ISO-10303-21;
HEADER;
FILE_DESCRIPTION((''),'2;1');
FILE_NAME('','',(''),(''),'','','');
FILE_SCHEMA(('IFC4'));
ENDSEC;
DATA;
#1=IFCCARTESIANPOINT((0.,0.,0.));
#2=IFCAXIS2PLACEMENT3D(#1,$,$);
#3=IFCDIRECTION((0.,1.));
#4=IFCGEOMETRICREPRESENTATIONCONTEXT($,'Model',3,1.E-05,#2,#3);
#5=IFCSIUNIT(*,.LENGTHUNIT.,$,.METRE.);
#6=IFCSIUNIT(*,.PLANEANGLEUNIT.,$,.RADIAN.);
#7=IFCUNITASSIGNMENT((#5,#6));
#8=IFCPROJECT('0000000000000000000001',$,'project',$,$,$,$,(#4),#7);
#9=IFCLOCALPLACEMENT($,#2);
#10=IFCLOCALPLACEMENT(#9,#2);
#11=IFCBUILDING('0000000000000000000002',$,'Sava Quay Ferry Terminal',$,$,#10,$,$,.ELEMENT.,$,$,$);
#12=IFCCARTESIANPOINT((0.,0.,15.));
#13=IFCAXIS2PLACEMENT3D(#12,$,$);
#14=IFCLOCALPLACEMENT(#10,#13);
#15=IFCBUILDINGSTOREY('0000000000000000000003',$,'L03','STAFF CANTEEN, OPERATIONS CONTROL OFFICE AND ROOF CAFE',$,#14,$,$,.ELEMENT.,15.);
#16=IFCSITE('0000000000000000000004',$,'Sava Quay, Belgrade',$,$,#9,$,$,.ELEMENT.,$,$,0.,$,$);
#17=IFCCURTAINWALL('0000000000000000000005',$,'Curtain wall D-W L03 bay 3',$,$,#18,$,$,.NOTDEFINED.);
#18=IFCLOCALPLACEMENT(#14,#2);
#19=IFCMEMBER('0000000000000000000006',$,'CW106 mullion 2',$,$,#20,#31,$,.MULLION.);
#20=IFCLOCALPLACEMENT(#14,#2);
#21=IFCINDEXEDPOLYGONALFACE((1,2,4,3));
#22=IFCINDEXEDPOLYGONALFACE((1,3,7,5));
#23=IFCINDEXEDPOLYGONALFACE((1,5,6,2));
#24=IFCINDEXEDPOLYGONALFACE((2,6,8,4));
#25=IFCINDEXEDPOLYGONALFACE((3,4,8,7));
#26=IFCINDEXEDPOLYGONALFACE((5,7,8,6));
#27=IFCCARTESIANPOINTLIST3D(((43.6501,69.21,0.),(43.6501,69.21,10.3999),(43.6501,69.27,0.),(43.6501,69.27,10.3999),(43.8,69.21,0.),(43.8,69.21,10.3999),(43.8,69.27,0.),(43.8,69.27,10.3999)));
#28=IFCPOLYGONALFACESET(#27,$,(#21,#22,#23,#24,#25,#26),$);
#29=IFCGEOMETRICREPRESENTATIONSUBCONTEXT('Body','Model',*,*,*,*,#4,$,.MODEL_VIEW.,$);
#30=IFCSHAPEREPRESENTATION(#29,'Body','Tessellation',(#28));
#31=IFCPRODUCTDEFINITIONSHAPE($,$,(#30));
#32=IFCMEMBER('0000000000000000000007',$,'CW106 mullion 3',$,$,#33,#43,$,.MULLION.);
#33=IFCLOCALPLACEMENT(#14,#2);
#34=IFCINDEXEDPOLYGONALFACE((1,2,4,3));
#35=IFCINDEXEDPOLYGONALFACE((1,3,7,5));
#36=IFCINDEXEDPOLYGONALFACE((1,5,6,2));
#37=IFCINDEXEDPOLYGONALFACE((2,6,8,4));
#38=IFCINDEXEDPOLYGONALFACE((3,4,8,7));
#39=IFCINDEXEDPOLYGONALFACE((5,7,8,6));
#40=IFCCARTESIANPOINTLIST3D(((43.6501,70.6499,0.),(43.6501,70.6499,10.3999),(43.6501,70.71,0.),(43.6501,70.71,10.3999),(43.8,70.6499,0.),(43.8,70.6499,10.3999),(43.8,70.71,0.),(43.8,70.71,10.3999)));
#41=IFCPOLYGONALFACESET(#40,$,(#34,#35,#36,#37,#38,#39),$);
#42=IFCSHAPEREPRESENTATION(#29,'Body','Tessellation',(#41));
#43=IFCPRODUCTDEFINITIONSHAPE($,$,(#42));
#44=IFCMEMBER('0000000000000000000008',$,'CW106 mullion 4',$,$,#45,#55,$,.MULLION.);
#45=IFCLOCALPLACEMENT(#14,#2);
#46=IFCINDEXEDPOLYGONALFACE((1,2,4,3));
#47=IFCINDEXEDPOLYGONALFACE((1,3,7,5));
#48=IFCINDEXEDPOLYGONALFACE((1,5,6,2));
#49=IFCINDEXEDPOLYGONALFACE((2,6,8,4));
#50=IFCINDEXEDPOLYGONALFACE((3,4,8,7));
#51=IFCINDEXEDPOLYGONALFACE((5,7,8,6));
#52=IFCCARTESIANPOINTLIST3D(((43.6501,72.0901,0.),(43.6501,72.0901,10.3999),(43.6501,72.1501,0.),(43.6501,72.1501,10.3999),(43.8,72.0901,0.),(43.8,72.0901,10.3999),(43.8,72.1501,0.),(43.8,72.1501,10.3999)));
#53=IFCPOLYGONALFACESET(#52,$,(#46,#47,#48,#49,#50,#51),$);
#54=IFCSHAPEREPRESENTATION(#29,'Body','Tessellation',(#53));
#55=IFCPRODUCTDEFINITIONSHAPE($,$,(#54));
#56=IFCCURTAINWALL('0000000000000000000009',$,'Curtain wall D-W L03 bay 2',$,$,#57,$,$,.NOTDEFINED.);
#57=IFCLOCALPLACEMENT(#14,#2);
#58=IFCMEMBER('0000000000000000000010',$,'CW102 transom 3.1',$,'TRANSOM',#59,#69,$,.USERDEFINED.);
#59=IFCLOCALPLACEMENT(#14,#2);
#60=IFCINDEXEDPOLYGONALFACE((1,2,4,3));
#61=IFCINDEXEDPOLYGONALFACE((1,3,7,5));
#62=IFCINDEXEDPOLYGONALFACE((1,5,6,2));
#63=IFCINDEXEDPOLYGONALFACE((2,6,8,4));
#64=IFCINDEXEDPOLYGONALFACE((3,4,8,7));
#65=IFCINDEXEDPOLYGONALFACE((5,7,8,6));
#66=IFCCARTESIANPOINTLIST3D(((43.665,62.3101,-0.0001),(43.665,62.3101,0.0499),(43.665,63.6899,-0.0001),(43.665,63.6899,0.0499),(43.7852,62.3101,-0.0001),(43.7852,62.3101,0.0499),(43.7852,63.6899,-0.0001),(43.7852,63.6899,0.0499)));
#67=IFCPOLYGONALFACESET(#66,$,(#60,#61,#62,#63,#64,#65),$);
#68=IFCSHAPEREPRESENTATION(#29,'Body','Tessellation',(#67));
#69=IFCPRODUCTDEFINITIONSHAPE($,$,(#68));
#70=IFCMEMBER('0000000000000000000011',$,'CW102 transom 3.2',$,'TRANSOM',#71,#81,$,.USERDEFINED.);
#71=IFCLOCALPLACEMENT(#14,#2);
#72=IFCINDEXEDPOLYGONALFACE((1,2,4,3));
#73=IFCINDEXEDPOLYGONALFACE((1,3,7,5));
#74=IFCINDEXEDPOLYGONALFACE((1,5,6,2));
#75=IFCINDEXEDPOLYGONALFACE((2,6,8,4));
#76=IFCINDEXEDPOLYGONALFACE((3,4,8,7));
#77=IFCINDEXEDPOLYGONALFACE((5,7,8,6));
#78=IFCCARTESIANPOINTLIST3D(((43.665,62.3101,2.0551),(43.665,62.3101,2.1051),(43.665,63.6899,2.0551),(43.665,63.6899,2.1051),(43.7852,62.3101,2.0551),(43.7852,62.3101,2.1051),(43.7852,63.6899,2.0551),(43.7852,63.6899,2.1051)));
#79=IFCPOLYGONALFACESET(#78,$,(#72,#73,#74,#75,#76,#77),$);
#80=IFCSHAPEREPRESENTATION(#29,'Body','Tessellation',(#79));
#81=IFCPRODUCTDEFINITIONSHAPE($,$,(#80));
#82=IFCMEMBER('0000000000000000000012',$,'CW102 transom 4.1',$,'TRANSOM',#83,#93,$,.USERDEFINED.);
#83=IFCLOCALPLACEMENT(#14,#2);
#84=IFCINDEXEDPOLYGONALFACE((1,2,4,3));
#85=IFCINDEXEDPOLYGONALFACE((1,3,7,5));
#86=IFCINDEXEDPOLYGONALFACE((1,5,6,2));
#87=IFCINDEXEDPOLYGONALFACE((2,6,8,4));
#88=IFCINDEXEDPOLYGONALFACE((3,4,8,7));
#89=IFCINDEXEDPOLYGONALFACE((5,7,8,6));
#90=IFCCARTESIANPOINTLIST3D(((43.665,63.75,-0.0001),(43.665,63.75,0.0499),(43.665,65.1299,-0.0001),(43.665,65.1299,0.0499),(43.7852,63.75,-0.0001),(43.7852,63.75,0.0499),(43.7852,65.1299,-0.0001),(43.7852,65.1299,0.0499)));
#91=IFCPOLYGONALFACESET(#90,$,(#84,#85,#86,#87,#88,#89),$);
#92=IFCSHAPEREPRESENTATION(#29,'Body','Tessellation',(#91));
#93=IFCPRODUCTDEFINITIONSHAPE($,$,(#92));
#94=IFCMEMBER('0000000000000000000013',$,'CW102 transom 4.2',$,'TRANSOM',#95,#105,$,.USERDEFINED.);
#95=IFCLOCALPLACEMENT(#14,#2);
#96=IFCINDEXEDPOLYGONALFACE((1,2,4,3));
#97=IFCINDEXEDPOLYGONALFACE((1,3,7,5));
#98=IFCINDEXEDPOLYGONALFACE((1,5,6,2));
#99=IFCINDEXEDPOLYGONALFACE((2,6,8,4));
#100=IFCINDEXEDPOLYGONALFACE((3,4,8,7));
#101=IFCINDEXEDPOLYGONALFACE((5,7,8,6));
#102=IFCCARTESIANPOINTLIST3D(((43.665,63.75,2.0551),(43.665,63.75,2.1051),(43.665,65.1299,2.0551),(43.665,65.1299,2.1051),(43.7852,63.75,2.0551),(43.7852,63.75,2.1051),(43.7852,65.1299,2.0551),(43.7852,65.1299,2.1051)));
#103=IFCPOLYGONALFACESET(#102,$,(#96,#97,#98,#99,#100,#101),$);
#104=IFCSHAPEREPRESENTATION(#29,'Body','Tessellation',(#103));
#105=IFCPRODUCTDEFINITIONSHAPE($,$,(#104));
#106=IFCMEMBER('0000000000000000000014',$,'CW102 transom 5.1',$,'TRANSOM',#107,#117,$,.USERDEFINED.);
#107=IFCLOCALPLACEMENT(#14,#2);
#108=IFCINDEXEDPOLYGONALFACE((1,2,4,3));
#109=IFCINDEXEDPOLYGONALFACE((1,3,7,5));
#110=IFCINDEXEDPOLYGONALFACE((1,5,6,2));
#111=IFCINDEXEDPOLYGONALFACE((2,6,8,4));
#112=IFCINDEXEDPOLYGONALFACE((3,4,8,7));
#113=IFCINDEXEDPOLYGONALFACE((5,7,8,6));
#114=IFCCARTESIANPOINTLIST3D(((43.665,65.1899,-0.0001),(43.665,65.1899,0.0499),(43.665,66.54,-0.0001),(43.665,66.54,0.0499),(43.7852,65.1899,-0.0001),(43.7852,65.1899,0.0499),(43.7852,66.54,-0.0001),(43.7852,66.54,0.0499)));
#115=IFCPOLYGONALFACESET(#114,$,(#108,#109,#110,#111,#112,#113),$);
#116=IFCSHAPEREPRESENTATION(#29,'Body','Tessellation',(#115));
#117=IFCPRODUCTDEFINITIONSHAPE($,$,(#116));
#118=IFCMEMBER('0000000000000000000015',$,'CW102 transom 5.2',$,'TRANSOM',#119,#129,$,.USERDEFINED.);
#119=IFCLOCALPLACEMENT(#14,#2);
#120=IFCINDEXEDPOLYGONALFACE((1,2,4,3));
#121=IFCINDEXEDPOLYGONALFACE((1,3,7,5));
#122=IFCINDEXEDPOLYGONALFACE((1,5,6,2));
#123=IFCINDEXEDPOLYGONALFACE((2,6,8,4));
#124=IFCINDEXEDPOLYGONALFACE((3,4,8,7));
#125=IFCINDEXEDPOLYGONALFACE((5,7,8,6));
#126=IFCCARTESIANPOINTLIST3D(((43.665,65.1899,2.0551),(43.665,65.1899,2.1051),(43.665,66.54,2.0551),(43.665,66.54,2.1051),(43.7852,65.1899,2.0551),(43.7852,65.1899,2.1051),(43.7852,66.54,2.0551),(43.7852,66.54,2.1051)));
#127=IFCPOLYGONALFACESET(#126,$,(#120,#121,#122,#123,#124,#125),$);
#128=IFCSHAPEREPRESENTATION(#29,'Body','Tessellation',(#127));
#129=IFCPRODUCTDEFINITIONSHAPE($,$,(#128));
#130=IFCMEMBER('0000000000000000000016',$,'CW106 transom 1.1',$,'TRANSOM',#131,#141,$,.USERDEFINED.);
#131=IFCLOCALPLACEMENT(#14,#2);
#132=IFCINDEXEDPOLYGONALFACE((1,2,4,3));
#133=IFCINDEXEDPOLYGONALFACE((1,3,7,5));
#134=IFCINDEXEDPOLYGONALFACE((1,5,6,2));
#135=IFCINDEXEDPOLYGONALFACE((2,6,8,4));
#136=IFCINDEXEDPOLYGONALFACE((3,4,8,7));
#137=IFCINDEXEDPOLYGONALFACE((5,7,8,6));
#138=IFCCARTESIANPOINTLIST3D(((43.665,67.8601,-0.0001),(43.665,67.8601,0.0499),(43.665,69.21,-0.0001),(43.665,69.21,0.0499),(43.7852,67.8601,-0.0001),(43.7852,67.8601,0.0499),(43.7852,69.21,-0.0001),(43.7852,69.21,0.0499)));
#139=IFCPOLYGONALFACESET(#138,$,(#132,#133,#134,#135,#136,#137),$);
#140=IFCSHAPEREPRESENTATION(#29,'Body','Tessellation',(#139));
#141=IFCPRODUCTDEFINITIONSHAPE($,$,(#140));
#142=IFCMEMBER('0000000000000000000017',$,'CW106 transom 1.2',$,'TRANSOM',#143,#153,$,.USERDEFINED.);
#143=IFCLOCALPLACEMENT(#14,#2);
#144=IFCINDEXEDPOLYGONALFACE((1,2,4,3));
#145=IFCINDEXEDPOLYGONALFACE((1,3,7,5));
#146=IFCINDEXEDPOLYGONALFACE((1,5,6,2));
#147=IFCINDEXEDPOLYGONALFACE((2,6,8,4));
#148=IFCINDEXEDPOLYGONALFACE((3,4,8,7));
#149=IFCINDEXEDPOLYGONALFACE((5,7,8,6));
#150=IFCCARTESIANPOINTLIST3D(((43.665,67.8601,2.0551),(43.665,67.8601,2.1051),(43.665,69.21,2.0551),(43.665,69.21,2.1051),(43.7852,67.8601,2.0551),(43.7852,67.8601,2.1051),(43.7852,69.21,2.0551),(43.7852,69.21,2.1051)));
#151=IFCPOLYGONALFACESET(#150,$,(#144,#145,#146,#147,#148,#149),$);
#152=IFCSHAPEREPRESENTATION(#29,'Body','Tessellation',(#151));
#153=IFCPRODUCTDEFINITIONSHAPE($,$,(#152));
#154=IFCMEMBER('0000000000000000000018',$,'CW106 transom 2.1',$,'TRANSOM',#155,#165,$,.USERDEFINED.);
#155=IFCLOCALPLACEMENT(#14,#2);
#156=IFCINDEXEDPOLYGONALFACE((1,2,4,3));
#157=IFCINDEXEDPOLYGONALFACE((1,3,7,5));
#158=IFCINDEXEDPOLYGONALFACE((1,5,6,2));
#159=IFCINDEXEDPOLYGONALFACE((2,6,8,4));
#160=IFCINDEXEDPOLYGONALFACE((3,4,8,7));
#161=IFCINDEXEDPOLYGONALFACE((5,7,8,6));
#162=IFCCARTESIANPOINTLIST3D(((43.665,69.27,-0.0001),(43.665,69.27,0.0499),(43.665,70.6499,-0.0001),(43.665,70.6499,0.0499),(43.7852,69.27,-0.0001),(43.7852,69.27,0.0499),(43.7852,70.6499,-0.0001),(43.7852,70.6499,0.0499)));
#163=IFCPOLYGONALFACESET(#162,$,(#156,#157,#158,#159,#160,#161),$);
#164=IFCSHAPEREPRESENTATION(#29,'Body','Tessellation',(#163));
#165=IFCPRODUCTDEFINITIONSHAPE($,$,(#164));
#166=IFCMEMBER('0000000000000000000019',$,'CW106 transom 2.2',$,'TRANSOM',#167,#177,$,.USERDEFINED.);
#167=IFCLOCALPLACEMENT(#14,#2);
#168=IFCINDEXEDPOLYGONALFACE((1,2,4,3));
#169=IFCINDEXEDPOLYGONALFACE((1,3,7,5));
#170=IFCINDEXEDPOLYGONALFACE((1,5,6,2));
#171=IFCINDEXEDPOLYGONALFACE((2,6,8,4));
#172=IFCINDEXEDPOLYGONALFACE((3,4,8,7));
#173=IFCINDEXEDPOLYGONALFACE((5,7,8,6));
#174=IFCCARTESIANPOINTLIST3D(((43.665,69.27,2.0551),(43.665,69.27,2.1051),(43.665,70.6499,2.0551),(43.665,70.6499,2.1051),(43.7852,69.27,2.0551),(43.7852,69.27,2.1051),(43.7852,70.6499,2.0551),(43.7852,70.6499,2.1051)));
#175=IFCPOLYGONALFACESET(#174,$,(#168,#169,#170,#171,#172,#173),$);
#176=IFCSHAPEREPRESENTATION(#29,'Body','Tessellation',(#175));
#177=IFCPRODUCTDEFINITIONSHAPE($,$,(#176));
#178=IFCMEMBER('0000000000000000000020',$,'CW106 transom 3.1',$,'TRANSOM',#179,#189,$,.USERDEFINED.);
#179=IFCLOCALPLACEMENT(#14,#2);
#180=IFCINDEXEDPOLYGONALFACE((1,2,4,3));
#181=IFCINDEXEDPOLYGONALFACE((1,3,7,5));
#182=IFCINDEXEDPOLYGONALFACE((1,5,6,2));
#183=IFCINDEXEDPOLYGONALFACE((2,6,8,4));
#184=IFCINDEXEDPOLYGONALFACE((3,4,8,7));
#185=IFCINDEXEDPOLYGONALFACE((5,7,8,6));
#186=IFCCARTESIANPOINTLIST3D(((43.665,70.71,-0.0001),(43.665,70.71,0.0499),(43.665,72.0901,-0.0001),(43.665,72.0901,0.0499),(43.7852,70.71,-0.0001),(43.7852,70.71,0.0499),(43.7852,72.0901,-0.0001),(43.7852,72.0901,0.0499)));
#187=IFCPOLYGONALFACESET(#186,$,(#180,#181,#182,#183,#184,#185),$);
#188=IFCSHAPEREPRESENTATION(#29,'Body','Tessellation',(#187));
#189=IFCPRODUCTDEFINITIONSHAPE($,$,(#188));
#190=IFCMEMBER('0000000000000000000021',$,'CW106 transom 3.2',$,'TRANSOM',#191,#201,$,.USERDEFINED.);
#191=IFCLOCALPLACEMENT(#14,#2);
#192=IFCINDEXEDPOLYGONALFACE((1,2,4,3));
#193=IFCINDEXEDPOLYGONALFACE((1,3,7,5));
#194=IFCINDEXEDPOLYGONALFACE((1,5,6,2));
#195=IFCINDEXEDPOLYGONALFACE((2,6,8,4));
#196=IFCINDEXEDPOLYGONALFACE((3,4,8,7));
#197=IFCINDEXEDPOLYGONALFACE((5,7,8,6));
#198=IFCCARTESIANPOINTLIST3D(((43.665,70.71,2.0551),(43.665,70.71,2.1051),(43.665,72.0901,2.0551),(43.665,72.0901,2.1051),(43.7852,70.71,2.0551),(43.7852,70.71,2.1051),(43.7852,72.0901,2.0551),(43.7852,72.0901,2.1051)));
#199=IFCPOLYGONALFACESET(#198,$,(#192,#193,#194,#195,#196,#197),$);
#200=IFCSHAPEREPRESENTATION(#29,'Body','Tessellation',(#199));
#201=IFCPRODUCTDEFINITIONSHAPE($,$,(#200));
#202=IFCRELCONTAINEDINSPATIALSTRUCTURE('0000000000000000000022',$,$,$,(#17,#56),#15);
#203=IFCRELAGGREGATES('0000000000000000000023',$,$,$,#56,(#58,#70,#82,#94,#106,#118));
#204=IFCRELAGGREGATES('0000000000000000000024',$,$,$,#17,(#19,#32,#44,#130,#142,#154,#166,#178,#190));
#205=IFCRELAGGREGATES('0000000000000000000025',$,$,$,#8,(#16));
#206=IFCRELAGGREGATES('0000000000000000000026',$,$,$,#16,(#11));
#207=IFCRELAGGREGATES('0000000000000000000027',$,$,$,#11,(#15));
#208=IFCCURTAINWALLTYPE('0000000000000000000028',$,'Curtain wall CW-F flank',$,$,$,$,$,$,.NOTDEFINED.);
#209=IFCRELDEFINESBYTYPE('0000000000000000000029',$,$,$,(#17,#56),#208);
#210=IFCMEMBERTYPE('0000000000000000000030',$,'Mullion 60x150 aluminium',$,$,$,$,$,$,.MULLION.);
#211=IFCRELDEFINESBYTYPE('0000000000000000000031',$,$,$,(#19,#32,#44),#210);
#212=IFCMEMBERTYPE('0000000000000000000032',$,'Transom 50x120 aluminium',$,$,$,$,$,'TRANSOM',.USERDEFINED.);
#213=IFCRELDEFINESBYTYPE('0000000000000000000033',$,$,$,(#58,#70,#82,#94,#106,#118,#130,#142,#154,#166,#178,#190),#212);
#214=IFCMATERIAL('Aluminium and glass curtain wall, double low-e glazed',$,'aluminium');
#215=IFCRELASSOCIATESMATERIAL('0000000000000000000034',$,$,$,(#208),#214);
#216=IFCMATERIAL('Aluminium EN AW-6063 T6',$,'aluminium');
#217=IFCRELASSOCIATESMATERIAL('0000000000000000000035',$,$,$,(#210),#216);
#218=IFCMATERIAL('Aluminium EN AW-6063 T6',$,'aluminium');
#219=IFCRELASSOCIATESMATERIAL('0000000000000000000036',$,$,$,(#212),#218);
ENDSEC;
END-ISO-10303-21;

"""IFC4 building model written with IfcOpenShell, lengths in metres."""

from ifc_helpers import new_model, si_unit, direction, frame, origin, origin_2d, place, context, subcontext, project, spatial, rectangle, extrude, material, material_profile, profile_set, type_object, element, aggregate, save


model = new_model("IFC4")

# Units and contexts
model_context = context("Model", 3, precision=1e-05, world=origin(), true_north=direction((0.0, 1.0)))
body_context = subcontext(model_context, "Body", "Model", "MODEL_VIEW")
ifc_project = project(units=[si_unit("LENGTHUNIT", "METRE"), si_unit("PLANEANGLEUNIT", "RADIAN")], contexts=[model_context])

# Site, building, storey
site_placement = place(None, origin())
site = spatial("IfcSite", under=ifc_project, at=site_placement, Name="Sava Quay, Belgrade", CompositionType="ELEMENT", RefElevation=0.0)
building_placement = place(site_placement, origin())
building = spatial("IfcBuilding", under=site, at=building_placement, Name="Sava Quay Ferry Terminal", CompositionType="ELEMENT")
storey_placement = place(building_placement, frame((0.0, 0.0, 15.0)))
storey = spatial("IfcBuildingStorey", under=building, at=storey_placement, Name="L03", Description="STAFF CANTEEN, OPERATIONS CONTROL OFFICE AND ROOF CAFE", CompositionType="ELEMENT", Elevation=15.0)

# Curtain walls, members
ifc_material_1 = material(Name="Aluminium and glass curtain wall, double low-e glazed", Category="aluminium")
curtain_wall_type = type_object("IfcCurtainWallType", Name="Curtain wall CW-F flank", PredefinedType="NOTDEFINED", material=ifc_material_1)
curtain_wall_1_placement = place(storey_placement, origin())
curtain_wall_1 = element("IfcCurtainWall", 1, at=curtain_wall_1_placement, inside=storey, type_object=curtain_wall_type, Name="Curtain wall D-W L03 bay 3", PredefinedType="NOTDEFINED")
ifc_material_2 = material(Name="Aluminium EN AW-6063 T6", Category="aluminium")
ifc_material_profile_1 = material_profile(ifc_material_2, rectangle(XDim=0.1499, YDim=0.0601, at=origin_2d()), Name="Mullion 60x150 aluminium")
ifc_profile_set_1 = profile_set([ifc_material_profile_1], Name="Aluminium EN AW-6063 T6")
member_type_1 = type_object("IfcMemberType", Name="Mullion 60x150 aluminium", PredefinedType="MULLION", material=ifc_profile_set_1)
member_1_placement = place(storey_placement, frame((43.7251, 69.24, 0.0), z_axis=(0.0, 0.0, 1.0), x_axis=(-1.0, 0.0, 0.0)))
member_1 = element("IfcMember", 2, at=member_1_placement, type_object=member_type_1, Name="CW106 mullion 2", PredefinedType="MULLION", context=body_context, shape_type="SweptSolid", body=[
    extrude(rectangle(XDim=0.1499, YDim=0.0601, at=origin_2d()), origin(), (0.0, 0.0, 1.0), 10.3999),
])
member_2_placement = place(storey_placement, frame((43.7251, 70.6799, 0.0), z_axis=(0.0, 0.0, 1.0), x_axis=(-1.0, 0.0, 0.0)))
member_2 = element("IfcMember", 3, at=member_2_placement, type_object=member_type_1, Name="CW106 mullion 3", PredefinedType="MULLION", context=body_context, shape_type="SweptSolid", body=[
    extrude(rectangle(XDim=0.1499, YDim=0.0601, at=origin_2d()), origin(), (0.0, 0.0, 1.0), 10.3999),
])
member_3_placement = place(storey_placement, frame((43.7251, 72.1201, 0.0), z_axis=(0.0, 0.0, 1.0), x_axis=(-1.0, 0.0, 0.0)))
member_3 = element("IfcMember", 4, at=member_3_placement, type_object=member_type_1, Name="CW106 mullion 4", PredefinedType="MULLION", context=body_context, shape_type="SweptSolid", body=[
    extrude(rectangle(XDim=0.1499, YDim=0.0601, at=origin_2d()), origin(), (0.0, 0.0, 1.0), 10.3999),
])
curtain_wall_2_placement = place(storey_placement, origin())
curtain_wall_2 = element("IfcCurtainWall", 5, at=curtain_wall_2_placement, inside=storey, type_object=curtain_wall_type, Name="Curtain wall D-W L03 bay 2", PredefinedType="NOTDEFINED")
ifc_material_3 = material(Name="Aluminium EN AW-6063 T6", Category="aluminium")
ifc_material_profile_2 = material_profile(ifc_material_3, rectangle(XDim=0.1201, YDim=0.05, at=origin_2d()), Name="Transom 50x120 aluminium")
ifc_profile_set_2 = profile_set([ifc_material_profile_2], Name="Aluminium EN AW-6063 T6")
member_type_2 = type_object("IfcMemberType", Name="Transom 50x120 aluminium", ElementType="TRANSOM", PredefinedType="USERDEFINED", material=ifc_profile_set_2)
member_4_placement = place(storey_placement, frame((43.7251, 62.3101, 0.0249), z_axis=(0.0, 1.0, 0.0), x_axis=(-1.0, 0.0, 0.0)))
member_4 = element("IfcMember", 6, at=member_4_placement, type_object=member_type_2, Name="CW102 transom 3.1", ObjectType="TRANSOM", PredefinedType="USERDEFINED", context=body_context, shape_type="SweptSolid", body=[
    extrude(rectangle(XDim=0.1201, YDim=0.05, at=origin_2d()), origin(), (0.0, 0.0, 1.0), 1.3799),
])
member_5_placement = place(storey_placement, frame((43.7251, 62.3101, 2.0801), z_axis=(0.0, 1.0, 0.0), x_axis=(-1.0, 0.0, 0.0)))
member_5 = element("IfcMember", 7, at=member_5_placement, type_object=member_type_2, Name="CW102 transom 3.2", ObjectType="TRANSOM", PredefinedType="USERDEFINED", context=body_context, shape_type="SweptSolid", body=[
    extrude(rectangle(XDim=0.1201, YDim=0.05, at=origin_2d()), origin(), (0.0, 0.0, 1.0), 1.3799),
])
member_6_placement = place(storey_placement, frame((43.7251, 63.75, 0.0249), z_axis=(0.0, 1.0, 0.0), x_axis=(-1.0, 0.0, 0.0)))
member_6 = element("IfcMember", 8, at=member_6_placement, type_object=member_type_2, Name="CW102 transom 4.1", ObjectType="TRANSOM", PredefinedType="USERDEFINED", context=body_context, shape_type="SweptSolid", body=[
    extrude(rectangle(XDim=0.1201, YDim=0.05, at=origin_2d()), origin(), (0.0, 0.0, 1.0), 1.3799),
])
member_7_placement = place(storey_placement, frame((43.7251, 63.75, 2.0801), z_axis=(0.0, 1.0, 0.0), x_axis=(-1.0, 0.0, 0.0)))
member_7 = element("IfcMember", 9, at=member_7_placement, type_object=member_type_2, Name="CW102 transom 4.2", ObjectType="TRANSOM", PredefinedType="USERDEFINED", context=body_context, shape_type="SweptSolid", body=[
    extrude(rectangle(XDim=0.1201, YDim=0.05, at=origin_2d()), origin(), (0.0, 0.0, 1.0), 1.3799),
])
member_8_placement = place(storey_placement, frame((43.7251, 65.1899, 0.0249), z_axis=(0.0, 1.0, 0.0), x_axis=(-1.0, 0.0, 0.0)))
member_8 = element("IfcMember", 10, at=member_8_placement, type_object=member_type_2, Name="CW102 transom 5.1", ObjectType="TRANSOM", PredefinedType="USERDEFINED", context=body_context, shape_type="SweptSolid", body=[
    extrude(rectangle(XDim=0.1201, YDim=0.05, at=origin_2d()), origin(), (0.0, 0.0, 1.0), 1.3501),
])
member_9_placement = place(storey_placement, frame((43.7251, 65.1899, 2.0801), z_axis=(0.0, 1.0, 0.0), x_axis=(-1.0, 0.0, 0.0)))
member_9 = element("IfcMember", 11, at=member_9_placement, type_object=member_type_2, Name="CW102 transom 5.2", ObjectType="TRANSOM", PredefinedType="USERDEFINED", context=body_context, shape_type="SweptSolid", body=[
    extrude(rectangle(XDim=0.1201, YDim=0.05, at=origin_2d()), origin(), (0.0, 0.0, 1.0), 1.3501),
])

# Members
member_10_placement = place(storey_placement, frame((43.7251, 67.8601, 0.0249), z_axis=(0.0, 1.0, 0.0), x_axis=(-1.0, 0.0, 0.0)))
member_10 = element("IfcMember", 12, at=member_10_placement, type_object=member_type_2, Name="CW106 transom 1.1", ObjectType="TRANSOM", PredefinedType="USERDEFINED", context=body_context, shape_type="SweptSolid", body=[
    extrude(rectangle(XDim=0.1201, YDim=0.05, at=origin_2d()), origin(), (0.0, 0.0, 1.0), 1.3499),
])
member_11_placement = place(storey_placement, frame((43.7251, 67.8601, 2.0801), z_axis=(0.0, 1.0, 0.0), x_axis=(-1.0, 0.0, 0.0)))
member_11 = element("IfcMember", 13, at=member_11_placement, type_object=member_type_2, Name="CW106 transom 1.2", ObjectType="TRANSOM", PredefinedType="USERDEFINED", context=body_context, shape_type="SweptSolid", body=[
    extrude(rectangle(XDim=0.1201, YDim=0.05, at=origin_2d()), origin(), (0.0, 0.0, 1.0), 1.3499),
])
member_12_placement = place(storey_placement, frame((43.7251, 69.27, 0.0249), z_axis=(0.0, 1.0, 0.0), x_axis=(-1.0, 0.0, 0.0)))
member_12 = element("IfcMember", 14, at=member_12_placement, type_object=member_type_2, Name="CW106 transom 2.1", ObjectType="TRANSOM", PredefinedType="USERDEFINED", context=body_context, shape_type="SweptSolid", body=[
    extrude(rectangle(XDim=0.1201, YDim=0.05, at=origin_2d()), origin(), (0.0, 0.0, 1.0), 1.3799),
])
member_13_placement = place(storey_placement, frame((43.7251, 69.27, 2.0801), z_axis=(0.0, 1.0, 0.0), x_axis=(-1.0, 0.0, 0.0)))
member_13 = element("IfcMember", 15, at=member_13_placement, type_object=member_type_2, Name="CW106 transom 2.2", ObjectType="TRANSOM", PredefinedType="USERDEFINED", context=body_context, shape_type="SweptSolid", body=[
    extrude(rectangle(XDim=0.1201, YDim=0.05, at=origin_2d()), origin(), (0.0, 0.0, 1.0), 1.3799),
])
member_14_placement = place(storey_placement, frame((43.7251, 70.71, 0.0249), z_axis=(0.0, 1.0, 0.0), x_axis=(-1.0, 0.0, 0.0)))
member_14 = element("IfcMember", 16, at=member_14_placement, type_object=member_type_2, Name="CW106 transom 3.1", ObjectType="TRANSOM", PredefinedType="USERDEFINED", context=body_context, shape_type="SweptSolid", body=[
    extrude(rectangle(XDim=0.1201, YDim=0.05, at=origin_2d()), origin(), (0.0, 0.0, 1.0), 1.3801),
])
member_15_placement = place(storey_placement, frame((43.7251, 70.71, 2.0801), z_axis=(0.0, 1.0, 0.0), x_axis=(-1.0, 0.0, 0.0)))
member_15 = element("IfcMember", 17, at=member_15_placement, type_object=member_type_2, Name="CW106 transom 3.2", ObjectType="TRANSOM", PredefinedType="USERDEFINED", context=body_context, shape_type="SweptSolid", body=[
    extrude(rectangle(XDim=0.1201, YDim=0.05, at=origin_2d()), origin(), (0.0, 0.0, 1.0), 1.3801),
])

aggregate(curtain_wall_2, [member_4, member_5, member_6, member_7, member_8, member_9])
aggregate(curtain_wall_1, [member_1, member_2, member_3, member_10, member_11, member_12, member_13, member_14, member_15])

save(model, "model.ifc")
